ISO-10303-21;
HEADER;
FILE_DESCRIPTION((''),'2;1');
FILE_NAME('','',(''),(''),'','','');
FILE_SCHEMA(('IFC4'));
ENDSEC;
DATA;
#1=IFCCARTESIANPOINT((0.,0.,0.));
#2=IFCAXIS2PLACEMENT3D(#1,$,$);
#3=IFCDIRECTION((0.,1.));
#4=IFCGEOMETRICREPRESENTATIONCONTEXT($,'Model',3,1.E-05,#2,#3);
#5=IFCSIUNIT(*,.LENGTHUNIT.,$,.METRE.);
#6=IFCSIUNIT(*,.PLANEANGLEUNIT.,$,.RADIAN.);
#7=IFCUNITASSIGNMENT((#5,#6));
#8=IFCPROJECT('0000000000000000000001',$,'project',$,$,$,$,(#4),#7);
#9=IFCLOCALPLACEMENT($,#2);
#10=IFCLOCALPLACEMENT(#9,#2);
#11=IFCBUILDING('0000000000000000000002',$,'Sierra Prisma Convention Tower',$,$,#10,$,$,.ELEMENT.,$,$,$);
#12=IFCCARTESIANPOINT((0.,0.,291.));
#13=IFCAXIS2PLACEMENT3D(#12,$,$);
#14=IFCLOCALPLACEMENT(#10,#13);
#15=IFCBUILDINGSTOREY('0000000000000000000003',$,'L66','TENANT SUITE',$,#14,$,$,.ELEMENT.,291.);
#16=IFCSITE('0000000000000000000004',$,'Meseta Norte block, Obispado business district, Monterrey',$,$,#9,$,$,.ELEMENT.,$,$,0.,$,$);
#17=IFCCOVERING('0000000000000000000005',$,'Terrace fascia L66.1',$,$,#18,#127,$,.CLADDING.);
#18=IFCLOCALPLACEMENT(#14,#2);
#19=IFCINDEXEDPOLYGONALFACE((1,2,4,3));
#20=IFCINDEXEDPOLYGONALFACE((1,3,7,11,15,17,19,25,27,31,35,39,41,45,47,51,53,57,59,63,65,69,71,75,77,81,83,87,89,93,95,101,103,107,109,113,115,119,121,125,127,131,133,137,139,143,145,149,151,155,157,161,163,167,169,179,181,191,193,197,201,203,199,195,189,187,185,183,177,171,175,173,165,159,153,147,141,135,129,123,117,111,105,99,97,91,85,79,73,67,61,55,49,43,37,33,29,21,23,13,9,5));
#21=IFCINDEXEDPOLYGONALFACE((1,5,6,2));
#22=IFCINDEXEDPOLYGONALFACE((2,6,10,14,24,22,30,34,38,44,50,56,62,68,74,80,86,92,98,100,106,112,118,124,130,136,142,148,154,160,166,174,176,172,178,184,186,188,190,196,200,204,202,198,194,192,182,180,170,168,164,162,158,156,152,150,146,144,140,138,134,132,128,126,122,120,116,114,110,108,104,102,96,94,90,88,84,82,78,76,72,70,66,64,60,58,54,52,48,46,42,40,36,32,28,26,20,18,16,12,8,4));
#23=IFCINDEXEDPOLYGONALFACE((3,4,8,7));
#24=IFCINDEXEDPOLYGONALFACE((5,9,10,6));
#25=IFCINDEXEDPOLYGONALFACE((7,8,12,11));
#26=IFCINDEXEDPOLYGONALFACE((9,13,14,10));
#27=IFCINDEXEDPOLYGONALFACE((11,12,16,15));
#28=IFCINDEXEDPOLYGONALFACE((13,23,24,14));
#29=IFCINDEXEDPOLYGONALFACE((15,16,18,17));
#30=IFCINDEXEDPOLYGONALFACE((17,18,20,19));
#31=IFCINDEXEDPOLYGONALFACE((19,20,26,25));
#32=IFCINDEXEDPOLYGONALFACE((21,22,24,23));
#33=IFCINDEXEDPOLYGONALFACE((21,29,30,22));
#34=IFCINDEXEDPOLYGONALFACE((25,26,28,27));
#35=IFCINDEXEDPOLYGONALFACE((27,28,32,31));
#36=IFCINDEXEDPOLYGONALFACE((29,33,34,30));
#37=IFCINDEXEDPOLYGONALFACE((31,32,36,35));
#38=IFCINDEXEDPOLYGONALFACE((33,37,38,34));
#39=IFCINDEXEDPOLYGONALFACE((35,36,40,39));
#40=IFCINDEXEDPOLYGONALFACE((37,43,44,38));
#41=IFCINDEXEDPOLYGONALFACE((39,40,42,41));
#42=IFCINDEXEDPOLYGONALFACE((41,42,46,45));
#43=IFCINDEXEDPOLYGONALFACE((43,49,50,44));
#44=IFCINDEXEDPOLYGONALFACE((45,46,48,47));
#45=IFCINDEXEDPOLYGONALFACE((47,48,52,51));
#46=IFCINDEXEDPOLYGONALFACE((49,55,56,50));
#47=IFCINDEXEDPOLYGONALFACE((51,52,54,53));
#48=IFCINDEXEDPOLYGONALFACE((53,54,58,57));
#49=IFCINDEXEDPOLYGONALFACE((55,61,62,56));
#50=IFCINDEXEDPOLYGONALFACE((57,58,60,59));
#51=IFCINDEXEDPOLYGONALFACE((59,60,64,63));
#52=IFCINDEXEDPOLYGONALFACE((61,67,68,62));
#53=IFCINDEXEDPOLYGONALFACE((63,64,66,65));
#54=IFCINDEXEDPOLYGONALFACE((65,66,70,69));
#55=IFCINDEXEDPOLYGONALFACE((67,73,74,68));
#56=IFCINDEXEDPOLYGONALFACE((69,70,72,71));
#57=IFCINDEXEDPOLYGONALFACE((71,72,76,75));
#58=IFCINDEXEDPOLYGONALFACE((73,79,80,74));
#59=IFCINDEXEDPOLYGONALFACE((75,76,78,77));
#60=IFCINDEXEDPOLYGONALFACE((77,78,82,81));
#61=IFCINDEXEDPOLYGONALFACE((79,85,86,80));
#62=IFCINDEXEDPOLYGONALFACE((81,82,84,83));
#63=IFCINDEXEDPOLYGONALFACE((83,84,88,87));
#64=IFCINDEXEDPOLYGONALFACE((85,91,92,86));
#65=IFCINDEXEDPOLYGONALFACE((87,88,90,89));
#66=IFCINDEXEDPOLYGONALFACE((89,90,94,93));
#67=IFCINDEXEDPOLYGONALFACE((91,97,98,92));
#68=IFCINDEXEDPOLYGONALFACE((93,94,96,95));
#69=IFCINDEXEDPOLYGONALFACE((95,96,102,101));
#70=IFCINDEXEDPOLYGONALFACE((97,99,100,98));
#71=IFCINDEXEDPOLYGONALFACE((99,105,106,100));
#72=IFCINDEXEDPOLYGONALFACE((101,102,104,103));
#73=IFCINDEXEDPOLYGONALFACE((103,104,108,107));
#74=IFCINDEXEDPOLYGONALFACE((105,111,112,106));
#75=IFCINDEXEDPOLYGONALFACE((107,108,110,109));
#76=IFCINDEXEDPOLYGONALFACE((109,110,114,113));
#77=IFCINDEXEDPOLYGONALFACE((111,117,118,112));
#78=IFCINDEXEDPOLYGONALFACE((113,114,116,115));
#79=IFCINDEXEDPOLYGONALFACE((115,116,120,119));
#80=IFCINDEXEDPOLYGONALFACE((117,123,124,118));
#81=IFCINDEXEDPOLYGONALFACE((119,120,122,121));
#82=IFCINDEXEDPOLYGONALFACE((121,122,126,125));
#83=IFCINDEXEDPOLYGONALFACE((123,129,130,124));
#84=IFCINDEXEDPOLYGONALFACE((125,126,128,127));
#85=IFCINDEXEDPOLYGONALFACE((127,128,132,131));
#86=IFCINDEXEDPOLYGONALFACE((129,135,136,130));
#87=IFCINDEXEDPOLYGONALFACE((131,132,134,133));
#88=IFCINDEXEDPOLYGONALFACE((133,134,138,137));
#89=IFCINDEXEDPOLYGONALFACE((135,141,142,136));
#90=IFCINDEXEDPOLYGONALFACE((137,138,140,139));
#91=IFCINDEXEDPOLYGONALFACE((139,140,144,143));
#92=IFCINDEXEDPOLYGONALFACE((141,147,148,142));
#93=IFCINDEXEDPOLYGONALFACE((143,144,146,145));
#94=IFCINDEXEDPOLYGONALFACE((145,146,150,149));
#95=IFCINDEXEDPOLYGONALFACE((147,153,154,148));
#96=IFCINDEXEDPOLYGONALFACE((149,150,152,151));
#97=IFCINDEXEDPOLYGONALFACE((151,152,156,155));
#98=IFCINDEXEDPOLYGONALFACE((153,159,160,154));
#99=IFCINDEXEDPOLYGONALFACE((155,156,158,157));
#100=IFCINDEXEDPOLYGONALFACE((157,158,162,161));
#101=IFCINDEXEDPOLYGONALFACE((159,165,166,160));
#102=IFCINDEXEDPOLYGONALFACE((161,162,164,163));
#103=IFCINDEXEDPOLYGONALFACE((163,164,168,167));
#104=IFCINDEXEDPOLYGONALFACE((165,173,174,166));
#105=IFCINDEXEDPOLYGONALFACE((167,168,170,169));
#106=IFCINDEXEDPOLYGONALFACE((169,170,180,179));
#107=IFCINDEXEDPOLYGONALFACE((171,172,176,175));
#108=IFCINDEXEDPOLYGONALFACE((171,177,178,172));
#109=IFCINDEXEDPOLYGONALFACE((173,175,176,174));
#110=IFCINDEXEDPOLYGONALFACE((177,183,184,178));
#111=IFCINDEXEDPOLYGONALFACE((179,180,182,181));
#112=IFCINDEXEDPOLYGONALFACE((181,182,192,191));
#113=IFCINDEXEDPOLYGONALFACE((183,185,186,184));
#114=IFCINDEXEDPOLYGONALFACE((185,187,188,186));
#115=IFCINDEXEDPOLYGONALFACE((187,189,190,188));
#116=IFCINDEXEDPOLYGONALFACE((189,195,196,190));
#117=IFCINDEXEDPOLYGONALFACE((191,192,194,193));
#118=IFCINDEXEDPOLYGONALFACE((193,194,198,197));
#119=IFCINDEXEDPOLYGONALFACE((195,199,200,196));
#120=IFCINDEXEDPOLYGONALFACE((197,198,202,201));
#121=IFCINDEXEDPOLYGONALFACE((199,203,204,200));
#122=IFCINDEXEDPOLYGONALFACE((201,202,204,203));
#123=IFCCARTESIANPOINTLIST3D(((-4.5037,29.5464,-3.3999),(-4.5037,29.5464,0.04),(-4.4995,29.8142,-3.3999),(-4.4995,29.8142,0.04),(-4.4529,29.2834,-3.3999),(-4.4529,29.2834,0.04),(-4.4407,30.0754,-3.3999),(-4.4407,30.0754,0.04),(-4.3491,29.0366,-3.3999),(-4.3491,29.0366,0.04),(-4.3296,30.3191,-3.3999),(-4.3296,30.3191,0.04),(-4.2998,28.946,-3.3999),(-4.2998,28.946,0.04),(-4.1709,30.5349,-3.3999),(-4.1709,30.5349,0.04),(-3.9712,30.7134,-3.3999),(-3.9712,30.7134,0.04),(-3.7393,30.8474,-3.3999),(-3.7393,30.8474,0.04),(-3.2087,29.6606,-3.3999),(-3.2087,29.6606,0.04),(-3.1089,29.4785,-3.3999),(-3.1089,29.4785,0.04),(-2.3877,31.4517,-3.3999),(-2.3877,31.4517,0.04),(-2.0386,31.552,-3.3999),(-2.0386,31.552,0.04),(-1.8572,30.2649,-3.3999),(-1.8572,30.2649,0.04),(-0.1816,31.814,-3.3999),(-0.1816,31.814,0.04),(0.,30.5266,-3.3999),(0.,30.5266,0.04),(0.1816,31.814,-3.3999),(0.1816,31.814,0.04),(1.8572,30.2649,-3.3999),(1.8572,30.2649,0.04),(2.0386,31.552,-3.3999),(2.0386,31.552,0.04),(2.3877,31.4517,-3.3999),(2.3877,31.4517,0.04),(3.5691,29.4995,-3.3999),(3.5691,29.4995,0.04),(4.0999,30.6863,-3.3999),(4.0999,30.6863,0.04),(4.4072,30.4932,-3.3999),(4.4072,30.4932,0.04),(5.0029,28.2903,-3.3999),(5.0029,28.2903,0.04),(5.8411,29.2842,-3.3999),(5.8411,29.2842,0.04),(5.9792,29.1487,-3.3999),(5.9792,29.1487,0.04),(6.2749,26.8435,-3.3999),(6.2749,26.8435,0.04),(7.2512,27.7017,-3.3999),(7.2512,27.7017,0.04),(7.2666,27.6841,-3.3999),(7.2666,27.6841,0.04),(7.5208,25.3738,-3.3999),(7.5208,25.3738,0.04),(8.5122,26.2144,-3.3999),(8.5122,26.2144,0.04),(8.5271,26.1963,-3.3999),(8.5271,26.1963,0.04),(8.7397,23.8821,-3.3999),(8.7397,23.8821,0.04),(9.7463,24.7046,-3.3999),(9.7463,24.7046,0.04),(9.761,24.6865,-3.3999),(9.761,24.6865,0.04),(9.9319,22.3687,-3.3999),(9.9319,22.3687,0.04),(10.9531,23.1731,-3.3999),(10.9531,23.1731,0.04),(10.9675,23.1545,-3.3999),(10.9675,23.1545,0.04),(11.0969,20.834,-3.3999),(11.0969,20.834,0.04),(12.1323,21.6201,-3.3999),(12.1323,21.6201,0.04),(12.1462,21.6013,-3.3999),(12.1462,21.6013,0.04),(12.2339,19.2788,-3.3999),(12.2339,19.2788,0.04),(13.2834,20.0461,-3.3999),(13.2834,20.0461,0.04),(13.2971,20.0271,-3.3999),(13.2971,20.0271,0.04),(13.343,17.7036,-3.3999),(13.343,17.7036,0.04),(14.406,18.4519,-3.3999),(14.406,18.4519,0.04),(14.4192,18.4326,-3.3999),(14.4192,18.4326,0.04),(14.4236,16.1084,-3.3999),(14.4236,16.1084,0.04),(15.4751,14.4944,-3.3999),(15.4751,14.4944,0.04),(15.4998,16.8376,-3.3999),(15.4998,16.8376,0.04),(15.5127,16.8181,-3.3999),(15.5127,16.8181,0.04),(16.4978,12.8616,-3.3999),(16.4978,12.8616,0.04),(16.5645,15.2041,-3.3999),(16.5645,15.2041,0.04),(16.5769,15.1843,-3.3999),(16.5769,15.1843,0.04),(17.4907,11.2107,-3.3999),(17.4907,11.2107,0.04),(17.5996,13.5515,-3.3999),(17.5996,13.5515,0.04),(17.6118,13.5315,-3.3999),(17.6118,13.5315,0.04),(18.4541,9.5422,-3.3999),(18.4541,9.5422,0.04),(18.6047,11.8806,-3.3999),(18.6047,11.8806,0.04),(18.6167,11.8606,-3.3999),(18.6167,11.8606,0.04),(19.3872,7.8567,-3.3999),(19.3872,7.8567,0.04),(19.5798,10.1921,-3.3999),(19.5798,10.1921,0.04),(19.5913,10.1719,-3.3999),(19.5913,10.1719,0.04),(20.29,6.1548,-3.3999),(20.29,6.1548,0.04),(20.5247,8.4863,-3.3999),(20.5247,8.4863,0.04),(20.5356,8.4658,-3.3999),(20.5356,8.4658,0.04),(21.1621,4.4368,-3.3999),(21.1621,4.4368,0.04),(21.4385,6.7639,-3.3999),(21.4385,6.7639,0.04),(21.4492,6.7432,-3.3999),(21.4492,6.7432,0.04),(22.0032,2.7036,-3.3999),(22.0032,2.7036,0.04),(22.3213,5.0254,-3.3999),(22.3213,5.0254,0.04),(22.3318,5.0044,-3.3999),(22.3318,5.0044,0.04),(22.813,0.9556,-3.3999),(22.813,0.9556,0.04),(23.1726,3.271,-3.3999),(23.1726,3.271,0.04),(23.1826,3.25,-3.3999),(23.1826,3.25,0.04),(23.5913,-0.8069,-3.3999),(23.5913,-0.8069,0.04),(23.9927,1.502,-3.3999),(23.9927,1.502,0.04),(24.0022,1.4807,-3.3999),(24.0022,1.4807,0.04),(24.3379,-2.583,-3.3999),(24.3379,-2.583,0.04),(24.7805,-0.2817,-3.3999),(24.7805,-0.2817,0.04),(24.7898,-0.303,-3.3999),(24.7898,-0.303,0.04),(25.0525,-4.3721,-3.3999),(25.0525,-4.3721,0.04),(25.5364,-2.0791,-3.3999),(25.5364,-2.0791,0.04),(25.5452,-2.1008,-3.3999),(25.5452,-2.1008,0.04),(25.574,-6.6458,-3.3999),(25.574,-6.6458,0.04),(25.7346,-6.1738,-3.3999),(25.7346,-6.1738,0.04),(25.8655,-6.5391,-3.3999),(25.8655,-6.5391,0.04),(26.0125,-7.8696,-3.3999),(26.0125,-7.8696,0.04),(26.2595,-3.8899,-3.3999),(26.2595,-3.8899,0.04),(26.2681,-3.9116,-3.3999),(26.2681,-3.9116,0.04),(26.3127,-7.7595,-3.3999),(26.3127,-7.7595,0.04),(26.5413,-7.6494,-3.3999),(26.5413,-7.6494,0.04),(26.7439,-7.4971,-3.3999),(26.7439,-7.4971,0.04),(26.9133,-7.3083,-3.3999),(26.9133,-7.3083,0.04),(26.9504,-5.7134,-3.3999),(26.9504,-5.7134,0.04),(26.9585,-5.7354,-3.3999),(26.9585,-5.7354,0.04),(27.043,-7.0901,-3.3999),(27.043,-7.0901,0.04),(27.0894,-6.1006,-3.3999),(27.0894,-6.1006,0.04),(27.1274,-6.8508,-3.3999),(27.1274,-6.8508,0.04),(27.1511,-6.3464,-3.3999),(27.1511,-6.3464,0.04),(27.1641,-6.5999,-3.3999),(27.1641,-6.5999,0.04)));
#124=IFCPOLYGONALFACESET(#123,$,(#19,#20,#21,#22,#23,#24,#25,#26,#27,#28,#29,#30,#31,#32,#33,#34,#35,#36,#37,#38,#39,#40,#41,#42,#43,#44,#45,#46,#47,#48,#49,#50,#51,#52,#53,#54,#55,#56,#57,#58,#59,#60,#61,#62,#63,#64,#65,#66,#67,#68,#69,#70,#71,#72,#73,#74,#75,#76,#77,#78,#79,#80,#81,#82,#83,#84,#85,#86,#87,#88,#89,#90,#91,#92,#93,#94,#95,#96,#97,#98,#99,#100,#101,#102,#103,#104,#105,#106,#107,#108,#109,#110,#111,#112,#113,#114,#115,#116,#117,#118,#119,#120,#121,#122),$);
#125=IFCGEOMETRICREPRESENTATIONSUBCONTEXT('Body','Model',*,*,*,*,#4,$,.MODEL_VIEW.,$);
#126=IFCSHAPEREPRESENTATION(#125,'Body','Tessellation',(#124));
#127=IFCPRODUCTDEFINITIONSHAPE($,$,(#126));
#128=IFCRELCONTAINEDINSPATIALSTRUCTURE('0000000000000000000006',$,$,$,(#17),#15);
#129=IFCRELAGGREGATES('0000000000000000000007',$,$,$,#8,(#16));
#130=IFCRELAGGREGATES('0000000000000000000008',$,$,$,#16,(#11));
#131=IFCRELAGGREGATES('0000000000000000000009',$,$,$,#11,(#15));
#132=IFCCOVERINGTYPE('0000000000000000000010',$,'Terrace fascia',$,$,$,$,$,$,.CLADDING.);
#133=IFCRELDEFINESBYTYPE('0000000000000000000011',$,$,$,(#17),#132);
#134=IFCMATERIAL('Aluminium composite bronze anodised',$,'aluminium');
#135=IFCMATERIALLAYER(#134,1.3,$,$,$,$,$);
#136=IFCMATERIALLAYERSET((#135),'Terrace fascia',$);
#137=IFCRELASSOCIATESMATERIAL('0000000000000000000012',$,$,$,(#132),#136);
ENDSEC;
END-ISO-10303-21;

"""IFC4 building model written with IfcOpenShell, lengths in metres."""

from ifc_helpers import new_model, si_unit, direction, frame, origin, place, context, subcontext, project, spatial, polyline, outline, extrude, material, layer, layer_set, type_object, element, save


model = new_model("IFC4")

# Units and contexts
model_context = context("Model", 3, precision=1e-05, world=origin(), true_north=direction((0.0, 1.0)))
body_context = subcontext(model_context, "Body", "Model", "MODEL_VIEW")
ifc_project = project(units=[si_unit("LENGTHUNIT", "METRE"), si_unit("PLANEANGLEUNIT", "RADIAN")], contexts=[model_context])

# Site, building, storey
site_placement = place(None, origin())
site = spatial("IfcSite", under=ifc_project, at=site_placement, Name="Meseta Norte block, Obispado business district, Monterrey", CompositionType="ELEMENT", RefElevation=0.0)
building_placement = place(site_placement, origin())
building = spatial("IfcBuilding", under=site, at=building_placement, Name="Sierra Prisma Convention Tower", CompositionType="ELEMENT")
storey_placement = place(building_placement, frame((0.0, 0.0, 291.0)))
storey = spatial("IfcBuildingStorey", under=building, at=storey_placement, Name="L66", Description="TENANT SUITE", CompositionType="ELEMENT", Elevation=291.0)

# Covering
ifc_material_1 = material(Name="Aluminium composite bronze anodised", Category="aluminium")
ifc_layer_1 = layer(ifc_material_1, 1.3)
ifc_layer_set_1 = layer_set([ifc_layer_1], Name="Terrace fascia")
covering_type_1 = type_object("IfcCoveringType", Name="Terrace fascia", PredefinedType="CLADDING", material=ifc_layer_set_1)
covering_1_placement = place(storey_placement, frame((0.0, 0.0, -3.3999)))
element("IfcCovering", 1, at=covering_1_placement, inside=storey, type_object=covering_type_1, Name="Terrace fascia L66.1", PredefinedType="CLADDING", context=body_context, shape_type="SweptSolid", body=[
    extrude(outline(polyline([(-4.3491, 29.0366), (-4.4529, 29.2834), (-4.5037, 29.5464), (-4.4995, 29.8142), (-4.4407, 30.0754), (-4.3296, 30.3191), (-4.1709, 30.5349), (-3.9712, 30.7134), (-3.7393, 30.8474), (-2.3877, 31.4517), (-2.0386, 31.552), (-0.1816, 31.814), (0.1816, 31.814), (2.0386, 31.552), (2.3877, 31.4517), (4.0999, 30.6863), (4.4072, 30.4932), (5.8411, 29.2842), (5.9792, 29.1487), (7.2512, 27.7017), (7.2666, 27.6841), (8.5122, 26.2144), (8.5271, 26.1963), (9.7463, 24.7046), (9.761, 24.6865), (10.9531, 23.1731), (10.9675, 23.1545), (12.1323, 21.6201), (12.1462, 21.6013), (13.2834, 20.0461), (13.2971, 20.0271), (14.406, 18.4519), (14.4192, 18.4326), (15.4998, 16.8376), (15.5127, 16.8181), (16.5645, 15.2041), (16.5769, 15.1843), (17.5996, 13.5515), (17.6118, 13.5315), (18.6047, 11.8806), (18.6167, 11.8606), (19.5798, 10.1921), (19.5913, 10.1719), (20.5247, 8.4863), (20.5356, 8.4658), (21.4385, 6.7639), (21.4492, 6.7432), (22.3213, 5.0254), (22.3318, 5.0044), (23.1726, 3.271), (23.1826, 3.25), (23.9927, 1.502), (24.0022, 1.4807), (24.7805, -0.2817), (24.7898, -0.303), (25.5364, -2.0791), (25.5452, -2.1008), (26.2595, -3.8899), (26.2681, -3.9116), (26.9504, -5.7134), (26.9585, -5.7354), (27.0894, -6.1006), (27.1511, -6.3464), (27.1641, -6.5999), (27.1274, -6.8508), (27.043, -7.0901), (26.9133, -7.3083), (26.7439, -7.4971), (26.5413, -7.6494), (26.3127, -7.7595), (26.0125, -7.8696), (25.574, -6.6458), (25.8655, -6.5391), (25.7346, -6.1738), (25.0525, -4.3721), (24.3379, -2.583), (23.5913, -0.8069), (22.813, 0.9556), (22.0032, 2.7036), (21.1621, 4.4368), (20.29, 6.1548), (19.3872, 7.8567), (18.4541, 9.5422), (17.4907, 11.2107), (16.4978, 12.8616), (15.4751, 14.4944), (14.4236, 16.1084), (13.343, 17.7036), (12.2339, 19.2788), (11.0969, 20.834), (9.9319, 22.3687), (8.7397, 23.8821), (7.5208, 25.3738), (6.2749, 26.8435), (5.0029, 28.2903), (3.5691, 29.4995), (1.8572, 30.2649), (0.0, 30.5266), (-1.8572, 30.2649), (-3.2087, 29.6606), (-3.1089, 29.4785), (-4.2998, 28.946), (-4.3491, 29.0366)])), origin(), (0.0, 0.0, 1.0), 3.4399),
])

save(model, "model.ifc")
